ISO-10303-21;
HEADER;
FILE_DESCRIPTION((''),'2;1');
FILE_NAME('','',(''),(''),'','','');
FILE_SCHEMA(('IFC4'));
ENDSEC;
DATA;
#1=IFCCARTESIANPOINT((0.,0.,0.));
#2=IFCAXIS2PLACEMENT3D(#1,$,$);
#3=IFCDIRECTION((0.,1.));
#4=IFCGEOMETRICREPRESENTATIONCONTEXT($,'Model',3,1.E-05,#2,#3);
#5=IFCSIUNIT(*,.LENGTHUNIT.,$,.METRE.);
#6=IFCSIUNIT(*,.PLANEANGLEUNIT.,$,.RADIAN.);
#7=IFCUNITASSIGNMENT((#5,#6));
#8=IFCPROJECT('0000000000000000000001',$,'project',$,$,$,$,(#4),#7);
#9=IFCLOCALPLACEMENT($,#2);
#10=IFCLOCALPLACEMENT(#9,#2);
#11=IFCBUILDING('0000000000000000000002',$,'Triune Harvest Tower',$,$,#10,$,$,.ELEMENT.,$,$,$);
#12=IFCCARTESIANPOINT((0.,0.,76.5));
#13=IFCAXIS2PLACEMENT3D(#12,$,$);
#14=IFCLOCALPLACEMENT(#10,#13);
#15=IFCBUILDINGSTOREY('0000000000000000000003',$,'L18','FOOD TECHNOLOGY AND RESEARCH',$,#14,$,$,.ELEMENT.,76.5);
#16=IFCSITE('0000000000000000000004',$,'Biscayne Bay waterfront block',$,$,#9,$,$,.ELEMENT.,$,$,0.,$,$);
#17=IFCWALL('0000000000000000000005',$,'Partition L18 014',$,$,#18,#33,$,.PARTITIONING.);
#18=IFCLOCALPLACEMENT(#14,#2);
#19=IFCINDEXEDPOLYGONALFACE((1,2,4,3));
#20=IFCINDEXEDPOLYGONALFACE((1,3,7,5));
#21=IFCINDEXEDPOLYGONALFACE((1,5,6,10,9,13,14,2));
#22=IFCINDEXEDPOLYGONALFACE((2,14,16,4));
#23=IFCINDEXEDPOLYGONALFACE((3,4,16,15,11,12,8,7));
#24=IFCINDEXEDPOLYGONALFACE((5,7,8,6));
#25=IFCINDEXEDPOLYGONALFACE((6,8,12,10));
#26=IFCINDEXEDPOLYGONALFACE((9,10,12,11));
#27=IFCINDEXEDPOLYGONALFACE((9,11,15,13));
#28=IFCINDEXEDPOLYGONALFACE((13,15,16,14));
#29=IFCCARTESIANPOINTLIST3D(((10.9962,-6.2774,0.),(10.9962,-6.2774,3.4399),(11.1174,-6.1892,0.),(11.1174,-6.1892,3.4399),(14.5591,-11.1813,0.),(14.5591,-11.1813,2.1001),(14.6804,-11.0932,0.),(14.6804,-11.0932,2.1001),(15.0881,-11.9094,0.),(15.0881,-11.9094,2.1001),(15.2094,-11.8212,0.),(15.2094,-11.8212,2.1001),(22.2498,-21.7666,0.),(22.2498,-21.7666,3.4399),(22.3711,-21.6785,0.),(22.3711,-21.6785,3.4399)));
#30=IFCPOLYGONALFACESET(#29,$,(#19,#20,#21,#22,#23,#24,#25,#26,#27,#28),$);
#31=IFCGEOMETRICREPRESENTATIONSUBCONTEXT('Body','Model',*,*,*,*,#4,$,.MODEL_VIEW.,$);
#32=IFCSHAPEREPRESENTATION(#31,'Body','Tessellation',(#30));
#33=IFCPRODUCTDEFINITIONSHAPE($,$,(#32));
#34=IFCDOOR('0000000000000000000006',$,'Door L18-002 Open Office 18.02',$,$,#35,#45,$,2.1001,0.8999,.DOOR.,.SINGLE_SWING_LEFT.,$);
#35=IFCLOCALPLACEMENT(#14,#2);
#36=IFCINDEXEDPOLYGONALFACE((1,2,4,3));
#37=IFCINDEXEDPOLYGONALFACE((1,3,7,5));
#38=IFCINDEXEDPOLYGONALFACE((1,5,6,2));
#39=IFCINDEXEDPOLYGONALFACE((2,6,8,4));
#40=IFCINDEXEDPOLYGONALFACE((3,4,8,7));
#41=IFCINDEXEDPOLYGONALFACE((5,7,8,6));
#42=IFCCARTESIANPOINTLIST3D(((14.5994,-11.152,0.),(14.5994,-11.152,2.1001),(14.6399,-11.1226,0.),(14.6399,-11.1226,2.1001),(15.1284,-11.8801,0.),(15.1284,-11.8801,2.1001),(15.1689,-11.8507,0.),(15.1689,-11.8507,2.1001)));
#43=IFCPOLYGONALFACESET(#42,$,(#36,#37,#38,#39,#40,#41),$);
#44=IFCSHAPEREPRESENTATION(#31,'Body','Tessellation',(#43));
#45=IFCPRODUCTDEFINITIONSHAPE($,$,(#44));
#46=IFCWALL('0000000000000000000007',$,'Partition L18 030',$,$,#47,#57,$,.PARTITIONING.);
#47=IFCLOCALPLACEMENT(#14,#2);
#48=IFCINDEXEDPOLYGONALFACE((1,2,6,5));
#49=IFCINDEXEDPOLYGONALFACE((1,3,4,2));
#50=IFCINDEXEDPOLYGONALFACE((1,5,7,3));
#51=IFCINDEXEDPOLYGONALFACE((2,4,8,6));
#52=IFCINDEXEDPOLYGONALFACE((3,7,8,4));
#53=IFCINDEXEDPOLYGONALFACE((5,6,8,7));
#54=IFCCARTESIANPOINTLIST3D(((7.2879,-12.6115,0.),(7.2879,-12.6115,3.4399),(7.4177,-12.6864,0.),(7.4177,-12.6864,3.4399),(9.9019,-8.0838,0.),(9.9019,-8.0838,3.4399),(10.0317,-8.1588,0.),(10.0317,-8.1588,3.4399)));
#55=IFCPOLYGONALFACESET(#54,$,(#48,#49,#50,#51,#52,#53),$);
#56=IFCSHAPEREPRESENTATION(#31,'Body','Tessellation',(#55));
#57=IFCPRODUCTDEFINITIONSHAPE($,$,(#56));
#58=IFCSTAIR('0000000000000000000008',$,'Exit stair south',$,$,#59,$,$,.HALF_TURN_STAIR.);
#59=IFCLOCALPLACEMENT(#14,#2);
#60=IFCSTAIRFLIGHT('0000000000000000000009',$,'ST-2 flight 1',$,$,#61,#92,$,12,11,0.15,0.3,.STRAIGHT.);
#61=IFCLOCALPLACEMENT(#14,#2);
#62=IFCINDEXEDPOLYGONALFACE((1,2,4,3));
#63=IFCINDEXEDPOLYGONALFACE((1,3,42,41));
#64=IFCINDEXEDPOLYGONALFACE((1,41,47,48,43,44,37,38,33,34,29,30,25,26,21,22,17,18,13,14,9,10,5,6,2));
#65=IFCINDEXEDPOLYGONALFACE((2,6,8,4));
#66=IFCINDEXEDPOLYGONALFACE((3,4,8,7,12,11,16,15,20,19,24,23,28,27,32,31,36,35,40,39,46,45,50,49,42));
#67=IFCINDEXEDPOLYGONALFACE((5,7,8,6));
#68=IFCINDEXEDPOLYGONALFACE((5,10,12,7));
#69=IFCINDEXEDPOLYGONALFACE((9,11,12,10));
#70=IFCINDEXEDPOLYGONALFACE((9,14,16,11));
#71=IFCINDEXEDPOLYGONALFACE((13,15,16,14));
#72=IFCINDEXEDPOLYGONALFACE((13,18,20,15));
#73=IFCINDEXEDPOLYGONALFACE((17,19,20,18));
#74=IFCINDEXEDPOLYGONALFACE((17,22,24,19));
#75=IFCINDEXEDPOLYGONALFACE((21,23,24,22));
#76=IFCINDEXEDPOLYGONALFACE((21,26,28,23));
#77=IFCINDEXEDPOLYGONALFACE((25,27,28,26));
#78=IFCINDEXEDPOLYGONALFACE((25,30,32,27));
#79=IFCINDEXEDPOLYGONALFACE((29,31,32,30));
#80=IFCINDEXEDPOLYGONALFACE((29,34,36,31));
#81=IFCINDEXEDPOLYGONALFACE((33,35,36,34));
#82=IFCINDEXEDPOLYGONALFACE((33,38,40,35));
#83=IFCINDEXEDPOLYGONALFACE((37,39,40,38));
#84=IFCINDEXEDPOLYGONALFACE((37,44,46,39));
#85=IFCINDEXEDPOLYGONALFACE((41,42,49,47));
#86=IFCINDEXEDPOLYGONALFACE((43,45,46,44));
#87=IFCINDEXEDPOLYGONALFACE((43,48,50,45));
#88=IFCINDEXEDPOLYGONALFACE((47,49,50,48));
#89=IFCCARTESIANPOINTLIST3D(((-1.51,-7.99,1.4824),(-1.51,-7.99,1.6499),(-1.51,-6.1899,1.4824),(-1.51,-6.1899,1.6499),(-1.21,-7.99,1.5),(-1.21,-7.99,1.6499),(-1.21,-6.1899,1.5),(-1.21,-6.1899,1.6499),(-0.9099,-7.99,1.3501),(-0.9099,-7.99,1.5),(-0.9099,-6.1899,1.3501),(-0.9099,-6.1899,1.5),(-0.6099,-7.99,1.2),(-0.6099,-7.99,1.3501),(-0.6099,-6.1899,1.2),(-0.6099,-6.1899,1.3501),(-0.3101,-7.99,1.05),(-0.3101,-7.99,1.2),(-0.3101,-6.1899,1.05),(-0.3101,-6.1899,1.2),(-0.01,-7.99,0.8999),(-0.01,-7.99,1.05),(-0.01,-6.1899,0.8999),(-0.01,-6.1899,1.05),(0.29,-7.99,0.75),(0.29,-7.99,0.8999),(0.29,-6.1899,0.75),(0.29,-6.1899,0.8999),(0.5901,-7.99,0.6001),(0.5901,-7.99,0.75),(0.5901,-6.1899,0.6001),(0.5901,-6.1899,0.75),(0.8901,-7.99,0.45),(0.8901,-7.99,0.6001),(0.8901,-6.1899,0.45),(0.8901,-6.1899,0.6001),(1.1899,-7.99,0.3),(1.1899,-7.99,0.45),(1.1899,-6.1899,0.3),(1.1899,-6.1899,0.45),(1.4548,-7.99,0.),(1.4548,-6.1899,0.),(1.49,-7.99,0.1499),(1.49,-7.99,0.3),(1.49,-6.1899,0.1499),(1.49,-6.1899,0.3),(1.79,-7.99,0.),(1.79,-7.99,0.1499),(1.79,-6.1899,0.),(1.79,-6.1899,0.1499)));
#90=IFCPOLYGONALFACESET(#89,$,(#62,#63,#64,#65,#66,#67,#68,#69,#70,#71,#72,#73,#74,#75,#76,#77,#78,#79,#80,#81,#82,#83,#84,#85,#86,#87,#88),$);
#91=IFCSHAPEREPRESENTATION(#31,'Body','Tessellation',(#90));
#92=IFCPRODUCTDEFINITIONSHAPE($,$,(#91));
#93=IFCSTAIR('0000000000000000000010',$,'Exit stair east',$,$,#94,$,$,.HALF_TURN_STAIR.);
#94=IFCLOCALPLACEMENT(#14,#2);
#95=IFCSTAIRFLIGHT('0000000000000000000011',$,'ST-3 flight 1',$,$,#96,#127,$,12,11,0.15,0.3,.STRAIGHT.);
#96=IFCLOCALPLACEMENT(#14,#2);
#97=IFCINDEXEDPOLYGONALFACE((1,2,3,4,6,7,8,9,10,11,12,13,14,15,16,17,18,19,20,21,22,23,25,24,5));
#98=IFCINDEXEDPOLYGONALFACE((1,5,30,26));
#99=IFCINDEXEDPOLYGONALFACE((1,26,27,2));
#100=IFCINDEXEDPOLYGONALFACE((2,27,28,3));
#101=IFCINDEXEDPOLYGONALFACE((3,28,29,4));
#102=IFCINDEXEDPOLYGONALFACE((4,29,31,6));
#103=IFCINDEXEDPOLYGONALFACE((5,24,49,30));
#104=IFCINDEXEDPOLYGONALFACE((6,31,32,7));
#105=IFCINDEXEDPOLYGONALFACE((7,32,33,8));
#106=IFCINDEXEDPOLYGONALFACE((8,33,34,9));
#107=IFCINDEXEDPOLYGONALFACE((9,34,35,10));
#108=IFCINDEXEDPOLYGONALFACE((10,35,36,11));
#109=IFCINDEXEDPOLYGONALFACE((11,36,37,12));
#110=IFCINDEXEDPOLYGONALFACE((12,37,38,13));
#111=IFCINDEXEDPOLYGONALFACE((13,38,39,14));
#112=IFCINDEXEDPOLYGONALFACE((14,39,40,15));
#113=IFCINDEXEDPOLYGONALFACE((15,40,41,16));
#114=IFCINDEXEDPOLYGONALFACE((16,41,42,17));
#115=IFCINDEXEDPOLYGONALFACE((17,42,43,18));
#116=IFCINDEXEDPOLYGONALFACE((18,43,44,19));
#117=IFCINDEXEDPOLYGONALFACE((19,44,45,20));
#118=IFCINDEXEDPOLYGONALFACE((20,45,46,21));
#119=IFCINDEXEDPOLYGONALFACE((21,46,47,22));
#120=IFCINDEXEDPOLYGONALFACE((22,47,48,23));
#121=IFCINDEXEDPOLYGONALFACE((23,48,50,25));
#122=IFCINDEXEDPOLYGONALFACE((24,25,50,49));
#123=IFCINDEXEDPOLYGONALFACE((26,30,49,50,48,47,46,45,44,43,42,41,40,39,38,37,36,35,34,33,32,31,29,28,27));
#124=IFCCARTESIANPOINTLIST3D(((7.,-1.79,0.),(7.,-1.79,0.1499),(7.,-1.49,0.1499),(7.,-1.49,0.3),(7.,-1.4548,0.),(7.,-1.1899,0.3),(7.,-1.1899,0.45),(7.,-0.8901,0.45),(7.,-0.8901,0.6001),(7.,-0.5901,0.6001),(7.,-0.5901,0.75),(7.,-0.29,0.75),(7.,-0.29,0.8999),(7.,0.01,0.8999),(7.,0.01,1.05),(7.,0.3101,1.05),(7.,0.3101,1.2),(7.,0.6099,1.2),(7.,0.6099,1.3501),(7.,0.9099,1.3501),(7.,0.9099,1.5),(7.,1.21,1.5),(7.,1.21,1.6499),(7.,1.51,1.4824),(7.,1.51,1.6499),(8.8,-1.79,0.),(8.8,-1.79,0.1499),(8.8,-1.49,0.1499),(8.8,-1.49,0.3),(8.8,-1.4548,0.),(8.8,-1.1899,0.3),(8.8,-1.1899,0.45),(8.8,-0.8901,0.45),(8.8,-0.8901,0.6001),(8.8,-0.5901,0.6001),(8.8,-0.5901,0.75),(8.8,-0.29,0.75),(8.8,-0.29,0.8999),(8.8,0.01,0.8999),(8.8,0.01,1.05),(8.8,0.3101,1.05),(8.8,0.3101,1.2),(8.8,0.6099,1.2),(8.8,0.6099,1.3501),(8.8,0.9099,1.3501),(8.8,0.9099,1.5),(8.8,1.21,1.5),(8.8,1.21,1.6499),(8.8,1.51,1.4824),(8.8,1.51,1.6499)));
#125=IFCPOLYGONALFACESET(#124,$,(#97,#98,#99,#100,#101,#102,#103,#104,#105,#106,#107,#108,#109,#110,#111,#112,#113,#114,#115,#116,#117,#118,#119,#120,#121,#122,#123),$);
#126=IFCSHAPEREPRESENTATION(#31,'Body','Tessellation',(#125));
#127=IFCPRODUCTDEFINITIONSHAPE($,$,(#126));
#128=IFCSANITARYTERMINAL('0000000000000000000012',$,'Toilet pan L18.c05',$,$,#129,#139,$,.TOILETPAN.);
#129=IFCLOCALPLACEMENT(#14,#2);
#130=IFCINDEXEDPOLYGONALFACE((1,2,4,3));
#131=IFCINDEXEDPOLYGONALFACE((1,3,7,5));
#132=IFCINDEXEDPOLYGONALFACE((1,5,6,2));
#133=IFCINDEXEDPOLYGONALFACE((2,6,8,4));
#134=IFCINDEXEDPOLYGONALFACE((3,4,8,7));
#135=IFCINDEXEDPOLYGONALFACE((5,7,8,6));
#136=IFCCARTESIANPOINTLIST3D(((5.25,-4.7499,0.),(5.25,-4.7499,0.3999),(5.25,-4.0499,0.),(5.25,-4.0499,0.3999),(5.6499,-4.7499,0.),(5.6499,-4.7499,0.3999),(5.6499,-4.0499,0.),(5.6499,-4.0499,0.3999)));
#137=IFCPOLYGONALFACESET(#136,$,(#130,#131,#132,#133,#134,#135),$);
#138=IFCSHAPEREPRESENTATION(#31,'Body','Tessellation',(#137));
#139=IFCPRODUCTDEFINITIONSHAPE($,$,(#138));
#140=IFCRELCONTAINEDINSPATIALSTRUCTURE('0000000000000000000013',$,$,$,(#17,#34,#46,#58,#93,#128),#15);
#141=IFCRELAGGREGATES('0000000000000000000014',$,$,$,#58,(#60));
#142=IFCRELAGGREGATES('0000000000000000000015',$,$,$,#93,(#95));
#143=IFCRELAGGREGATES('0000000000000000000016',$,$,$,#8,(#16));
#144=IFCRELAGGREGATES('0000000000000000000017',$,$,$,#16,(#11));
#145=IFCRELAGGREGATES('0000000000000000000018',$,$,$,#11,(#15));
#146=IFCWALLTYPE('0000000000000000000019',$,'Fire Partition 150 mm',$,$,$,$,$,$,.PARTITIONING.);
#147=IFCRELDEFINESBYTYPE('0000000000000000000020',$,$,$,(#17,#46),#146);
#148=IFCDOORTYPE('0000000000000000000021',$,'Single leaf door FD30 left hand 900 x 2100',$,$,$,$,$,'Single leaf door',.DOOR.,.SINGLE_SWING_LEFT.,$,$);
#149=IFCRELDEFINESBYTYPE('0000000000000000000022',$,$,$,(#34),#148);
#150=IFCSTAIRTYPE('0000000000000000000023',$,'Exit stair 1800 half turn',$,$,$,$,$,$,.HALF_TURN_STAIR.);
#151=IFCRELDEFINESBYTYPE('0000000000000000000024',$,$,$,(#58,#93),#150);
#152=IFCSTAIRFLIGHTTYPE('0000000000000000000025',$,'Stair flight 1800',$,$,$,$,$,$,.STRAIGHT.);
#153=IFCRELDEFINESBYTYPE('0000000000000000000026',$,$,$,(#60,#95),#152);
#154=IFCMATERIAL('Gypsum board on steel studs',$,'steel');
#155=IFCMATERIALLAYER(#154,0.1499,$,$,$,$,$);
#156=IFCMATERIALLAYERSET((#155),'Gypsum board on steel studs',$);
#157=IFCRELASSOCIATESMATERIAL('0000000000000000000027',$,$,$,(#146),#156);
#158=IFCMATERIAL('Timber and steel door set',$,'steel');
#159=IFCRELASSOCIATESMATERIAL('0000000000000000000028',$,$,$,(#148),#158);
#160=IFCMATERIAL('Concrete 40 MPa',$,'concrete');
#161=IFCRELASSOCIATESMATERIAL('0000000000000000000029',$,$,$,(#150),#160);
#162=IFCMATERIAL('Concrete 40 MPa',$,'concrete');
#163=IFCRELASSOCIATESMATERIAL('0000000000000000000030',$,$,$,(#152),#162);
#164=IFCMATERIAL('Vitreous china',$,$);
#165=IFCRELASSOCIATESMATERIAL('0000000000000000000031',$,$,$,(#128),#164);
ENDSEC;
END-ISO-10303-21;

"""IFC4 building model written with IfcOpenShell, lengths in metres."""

from ifc_helpers import new_model, si_unit, direction, frame, frame_2d, origin, origin_2d, place, context, subcontext, project, spatial, polyline, rectangle, outline, extrude, source, transform, mapped, material, layer, layer_set, type_object, element, fill, aggregate, save


model = new_model("IFC4")

# Units and contexts
model_context = context("Model", 3, precision=1e-05, world=origin(), true_north=direction((0.0, 1.0)))
body_context = subcontext(model_context, "Body", "Model", "MODEL_VIEW")
ifc_project = project(units=[si_unit("LENGTHUNIT", "METRE"), si_unit("PLANEANGLEUNIT", "RADIAN")], contexts=[model_context])

# Site, building, storey
site_placement = place(None, origin())
site = spatial("IfcSite", under=ifc_project, at=site_placement, Name="Biscayne Bay waterfront block", CompositionType="ELEMENT", RefElevation=0.0)
building_placement = place(site_placement, origin())
building = spatial("IfcBuilding", under=site, at=building_placement, Name="Triune Harvest Tower", CompositionType="ELEMENT")
storey_placement = place(building_placement, frame((0.0, 0.0, 76.5)))
storey = spatial("IfcBuildingStorey", under=building, at=storey_placement, Name="L18", Description="FOOD TECHNOLOGY AND RESEARCH", CompositionType="ELEMENT", Elevation=76.5)

# Wall, opening, door
ifc_material_1 = material(Name="Gypsum board on steel studs", Category="steel")
ifc_layer_1 = layer(ifc_material_1, 0.1499)
ifc_layer_set_1 = layer_set([ifc_layer_1], Name="Gypsum board on steel studs")
wall_type_1 = type_object("IfcWallType", Name="Fire Partition 150 mm", PredefinedType="PARTITIONING", material=ifc_layer_set_1)
shared_shape_1 = source(origin(), body_context, "Body", "SweptSolid", [
    extrude(rectangle(XDim=19.1458, YDim=0.1499, at=frame_2d((9.5728, 0.0))), origin(), (0.0, 0.0, 1.0), 3.4399),
])
wall_1_placement = place(storey_placement, frame((11.0569, -6.2334, 0.0), z_axis=(0.0, 0.0, 1.0), x_axis=(0.587787, -0.809016, 0.0)))
wall_1 = element("IfcWall", 1, at=wall_1_placement, inside=storey, type_object=wall_type_1, Name="Partition L18 014", PredefinedType="PARTITIONING", context=body_context, shape_type="MappedRepresentation", body=[
    mapped(shared_shape_1, transform((0.0, 0.0, 0.0), scale=1.0)),
])
opening_1_placement = place(wall_1_placement, frame((6.0615, 0.0, 0.0)))
opening_1 = element("IfcOpeningElement", 2, at=opening_1_placement, cuts=wall_1, PredefinedType="OPENING", context=body_context, shape_type="SweptSolid", body=[
    extrude(rectangle(XDim=0.8999, YDim=2.1001, at=frame_2d((0.45, 1.05))), frame((0.0, 0.085, 0.0), z_axis=(0.0, -1.0, 0.0), x_axis=(1.0, 0.0, 0.0)), (0.0, 0.0, 1.0), 0.1699),
])
ifc_material_2 = material(Name="Timber and steel door set", Category="steel")
door_type_1 = type_object("IfcDoorType", Name="Single leaf door FD30 left hand 900 x 2100", ElementType="Single leaf door", OperationType="SINGLE_SWING_LEFT", PredefinedType="DOOR", material=ifc_material_2)
door_1_placement = place(opening_1_placement, origin())
door_1 = element("IfcDoor", 3, at=door_1_placement, inside=storey, type_object=door_type_1, Name="Door L18-002 Open Office 18.02", OperationType="SINGLE_SWING_LEFT", OverallHeight=2.1001, OverallWidth=0.8999, PredefinedType="DOOR", context=body_context, shape_type="SweptSolid", body=[
    extrude(rectangle(XDim=0.8999, YDim=2.1001, at=frame_2d((0.45, 1.05))), frame((0.0, 0.0249, 0.0), z_axis=(0.0, -1.0, 0.0), x_axis=(1.0, 0.0, 0.0)), (0.0, 0.0, 1.0), 0.05),
])
fill(opening_1, door_1)

# Wall
shared_shape_2 = source(origin(), body_context, "Body", "SweptSolid", [
    extrude(rectangle(XDim=5.228, YDim=0.1499, at=frame_2d((2.614, 0.0))), origin(), (0.0, 0.0, 1.0), 3.4399),
])
wall_2_placement = place(storey_placement, frame((7.3528, -12.6489, 0.0), z_axis=(0.0, 0.0, 1.0), x_axis=(0.500001, 0.866025, 0.0)))
element("IfcWall", 4, at=wall_2_placement, inside=storey, type_object=wall_type_1, Name="Partition L18 030", PredefinedType="PARTITIONING", context=body_context, shape_type="MappedRepresentation", body=[
    mapped(shared_shape_2, transform((0.0, 0.0, 0.0), scale=1.0)),
])

# Stairs, stair flights
ifc_material_3 = material(Name="Concrete 40 MPa", Category="concrete")
stair_type = type_object("IfcStairType", Name="Exit stair 1800 half turn", PredefinedType="HALF_TURN_STAIR", material=ifc_material_3)
stair_1_placement = place(storey_placement, origin())
stair_1 = element("IfcStair", 5, at=stair_1_placement, inside=storey, type_object=stair_type, Name="Exit stair south", PredefinedType="HALF_TURN_STAIR")
ifc_material_4 = material(Name="Concrete 40 MPa", Category="concrete")
stair_flight_type = type_object("IfcStairFlightType", Name="Stair flight 1800", PredefinedType="STRAIGHT", material=ifc_material_4)
shared_shape_3 = source(origin(), body_context, "Body", "SweptSolid", [
    extrude(outline(polyline([(0.0, 0.0), (0.0, 0.1499), (0.3, 0.1499), (0.3, 0.3), (0.6001, 0.3), (0.6001, 0.45), (0.8999, 0.45), (0.8999, 0.6001), (1.2, 0.6001), (1.2, 0.75), (1.5, 0.75), (1.5, 0.8999), (1.8, 0.8999), (1.8, 1.05), (2.1001, 1.05), (2.1001, 1.2), (2.3999, 1.2), (2.3999, 1.3501), (2.7, 1.3501), (2.7, 1.5), (3.0, 1.5), (3.0, 1.6499), (3.3, 1.6499), (3.3, 1.8), (3.3, 1.4824), (0.3352, 0.0), (0.0, 0.0)])), frame((0.0, 0.8999, 0.0), z_axis=(0.0, -1.0, 0.0), x_axis=(1.0, 0.0, 0.0)), (0.0, 0.0, 1.0), 1.8),
])
stair_flight_1_placement = place(storey_placement, frame((1.79, -7.0901, 0.0), z_axis=(0.0, 0.0, 1.0), x_axis=(-1.0, 0.0, 0.0)))
stair_flight_1 = element("IfcStairFlight", 6, at=stair_flight_1_placement, type_object=stair_flight_type, Name="ST-2 flight 1", NumberOfRisers=12, NumberOfTreads=11, PredefinedType="STRAIGHT", RiserHeight=0.15, TreadLength=0.3, context=body_context, shape_type="MappedRepresentation", body=[
    mapped(shared_shape_3, transform((0.0, 0.0, 0.0), scale=1.0)),
])
aggregate(stair_1, [stair_flight_1])
stair_2_placement = place(storey_placement, origin())
stair_2 = element("IfcStair", 7, at=stair_2_placement, inside=storey, type_object=stair_type, Name="Exit stair east", PredefinedType="HALF_TURN_STAIR")
stair_flight_2_placement = place(storey_placement, frame((7.8999, -1.79, 0.0), z_axis=(0.0, 0.0, 1.0), x_axis=(0.0, 1.0, 0.0)))
stair_flight_2 = element("IfcStairFlight", 8, at=stair_flight_2_placement, type_object=stair_flight_type, Name="ST-3 flight 1", NumberOfRisers=12, NumberOfTreads=11, PredefinedType="STRAIGHT", RiserHeight=0.15, TreadLength=0.3, context=body_context, shape_type="MappedRepresentation", body=[
    mapped(shared_shape_3, transform((0.0, 0.0, 0.0), scale=1.0)),
])
aggregate(stair_2, [stair_flight_2])

# Sanitary terminal
ifc_material_5 = material(Name="Vitreous china")
shared_shape_4 = source(origin(), body_context, "Body", "SweptSolid", [
    extrude(rectangle(XDim=0.3999, YDim=0.7, at=origin_2d()), origin(), (0.0, 0.0, 1.0), 0.3999),
])
sanitary_terminal_placement = place(storey_placement, frame((5.45, -4.3999, 0.0), z_axis=(0.0, 0.0, 1.0), x_axis=(1.0, 0.0, 0.0)))
element("IfcSanitaryTerminal", 9, at=sanitary_terminal_placement, inside=storey, material=ifc_material_5, Name="Toilet pan L18.c05", PredefinedType="TOILETPAN", context=body_context, shape_type="MappedRepresentation", body=[
    mapped(shared_shape_4, transform((0.0, 0.0, 0.0), scale=1.0)),
])

save(model, "model.ifc")
